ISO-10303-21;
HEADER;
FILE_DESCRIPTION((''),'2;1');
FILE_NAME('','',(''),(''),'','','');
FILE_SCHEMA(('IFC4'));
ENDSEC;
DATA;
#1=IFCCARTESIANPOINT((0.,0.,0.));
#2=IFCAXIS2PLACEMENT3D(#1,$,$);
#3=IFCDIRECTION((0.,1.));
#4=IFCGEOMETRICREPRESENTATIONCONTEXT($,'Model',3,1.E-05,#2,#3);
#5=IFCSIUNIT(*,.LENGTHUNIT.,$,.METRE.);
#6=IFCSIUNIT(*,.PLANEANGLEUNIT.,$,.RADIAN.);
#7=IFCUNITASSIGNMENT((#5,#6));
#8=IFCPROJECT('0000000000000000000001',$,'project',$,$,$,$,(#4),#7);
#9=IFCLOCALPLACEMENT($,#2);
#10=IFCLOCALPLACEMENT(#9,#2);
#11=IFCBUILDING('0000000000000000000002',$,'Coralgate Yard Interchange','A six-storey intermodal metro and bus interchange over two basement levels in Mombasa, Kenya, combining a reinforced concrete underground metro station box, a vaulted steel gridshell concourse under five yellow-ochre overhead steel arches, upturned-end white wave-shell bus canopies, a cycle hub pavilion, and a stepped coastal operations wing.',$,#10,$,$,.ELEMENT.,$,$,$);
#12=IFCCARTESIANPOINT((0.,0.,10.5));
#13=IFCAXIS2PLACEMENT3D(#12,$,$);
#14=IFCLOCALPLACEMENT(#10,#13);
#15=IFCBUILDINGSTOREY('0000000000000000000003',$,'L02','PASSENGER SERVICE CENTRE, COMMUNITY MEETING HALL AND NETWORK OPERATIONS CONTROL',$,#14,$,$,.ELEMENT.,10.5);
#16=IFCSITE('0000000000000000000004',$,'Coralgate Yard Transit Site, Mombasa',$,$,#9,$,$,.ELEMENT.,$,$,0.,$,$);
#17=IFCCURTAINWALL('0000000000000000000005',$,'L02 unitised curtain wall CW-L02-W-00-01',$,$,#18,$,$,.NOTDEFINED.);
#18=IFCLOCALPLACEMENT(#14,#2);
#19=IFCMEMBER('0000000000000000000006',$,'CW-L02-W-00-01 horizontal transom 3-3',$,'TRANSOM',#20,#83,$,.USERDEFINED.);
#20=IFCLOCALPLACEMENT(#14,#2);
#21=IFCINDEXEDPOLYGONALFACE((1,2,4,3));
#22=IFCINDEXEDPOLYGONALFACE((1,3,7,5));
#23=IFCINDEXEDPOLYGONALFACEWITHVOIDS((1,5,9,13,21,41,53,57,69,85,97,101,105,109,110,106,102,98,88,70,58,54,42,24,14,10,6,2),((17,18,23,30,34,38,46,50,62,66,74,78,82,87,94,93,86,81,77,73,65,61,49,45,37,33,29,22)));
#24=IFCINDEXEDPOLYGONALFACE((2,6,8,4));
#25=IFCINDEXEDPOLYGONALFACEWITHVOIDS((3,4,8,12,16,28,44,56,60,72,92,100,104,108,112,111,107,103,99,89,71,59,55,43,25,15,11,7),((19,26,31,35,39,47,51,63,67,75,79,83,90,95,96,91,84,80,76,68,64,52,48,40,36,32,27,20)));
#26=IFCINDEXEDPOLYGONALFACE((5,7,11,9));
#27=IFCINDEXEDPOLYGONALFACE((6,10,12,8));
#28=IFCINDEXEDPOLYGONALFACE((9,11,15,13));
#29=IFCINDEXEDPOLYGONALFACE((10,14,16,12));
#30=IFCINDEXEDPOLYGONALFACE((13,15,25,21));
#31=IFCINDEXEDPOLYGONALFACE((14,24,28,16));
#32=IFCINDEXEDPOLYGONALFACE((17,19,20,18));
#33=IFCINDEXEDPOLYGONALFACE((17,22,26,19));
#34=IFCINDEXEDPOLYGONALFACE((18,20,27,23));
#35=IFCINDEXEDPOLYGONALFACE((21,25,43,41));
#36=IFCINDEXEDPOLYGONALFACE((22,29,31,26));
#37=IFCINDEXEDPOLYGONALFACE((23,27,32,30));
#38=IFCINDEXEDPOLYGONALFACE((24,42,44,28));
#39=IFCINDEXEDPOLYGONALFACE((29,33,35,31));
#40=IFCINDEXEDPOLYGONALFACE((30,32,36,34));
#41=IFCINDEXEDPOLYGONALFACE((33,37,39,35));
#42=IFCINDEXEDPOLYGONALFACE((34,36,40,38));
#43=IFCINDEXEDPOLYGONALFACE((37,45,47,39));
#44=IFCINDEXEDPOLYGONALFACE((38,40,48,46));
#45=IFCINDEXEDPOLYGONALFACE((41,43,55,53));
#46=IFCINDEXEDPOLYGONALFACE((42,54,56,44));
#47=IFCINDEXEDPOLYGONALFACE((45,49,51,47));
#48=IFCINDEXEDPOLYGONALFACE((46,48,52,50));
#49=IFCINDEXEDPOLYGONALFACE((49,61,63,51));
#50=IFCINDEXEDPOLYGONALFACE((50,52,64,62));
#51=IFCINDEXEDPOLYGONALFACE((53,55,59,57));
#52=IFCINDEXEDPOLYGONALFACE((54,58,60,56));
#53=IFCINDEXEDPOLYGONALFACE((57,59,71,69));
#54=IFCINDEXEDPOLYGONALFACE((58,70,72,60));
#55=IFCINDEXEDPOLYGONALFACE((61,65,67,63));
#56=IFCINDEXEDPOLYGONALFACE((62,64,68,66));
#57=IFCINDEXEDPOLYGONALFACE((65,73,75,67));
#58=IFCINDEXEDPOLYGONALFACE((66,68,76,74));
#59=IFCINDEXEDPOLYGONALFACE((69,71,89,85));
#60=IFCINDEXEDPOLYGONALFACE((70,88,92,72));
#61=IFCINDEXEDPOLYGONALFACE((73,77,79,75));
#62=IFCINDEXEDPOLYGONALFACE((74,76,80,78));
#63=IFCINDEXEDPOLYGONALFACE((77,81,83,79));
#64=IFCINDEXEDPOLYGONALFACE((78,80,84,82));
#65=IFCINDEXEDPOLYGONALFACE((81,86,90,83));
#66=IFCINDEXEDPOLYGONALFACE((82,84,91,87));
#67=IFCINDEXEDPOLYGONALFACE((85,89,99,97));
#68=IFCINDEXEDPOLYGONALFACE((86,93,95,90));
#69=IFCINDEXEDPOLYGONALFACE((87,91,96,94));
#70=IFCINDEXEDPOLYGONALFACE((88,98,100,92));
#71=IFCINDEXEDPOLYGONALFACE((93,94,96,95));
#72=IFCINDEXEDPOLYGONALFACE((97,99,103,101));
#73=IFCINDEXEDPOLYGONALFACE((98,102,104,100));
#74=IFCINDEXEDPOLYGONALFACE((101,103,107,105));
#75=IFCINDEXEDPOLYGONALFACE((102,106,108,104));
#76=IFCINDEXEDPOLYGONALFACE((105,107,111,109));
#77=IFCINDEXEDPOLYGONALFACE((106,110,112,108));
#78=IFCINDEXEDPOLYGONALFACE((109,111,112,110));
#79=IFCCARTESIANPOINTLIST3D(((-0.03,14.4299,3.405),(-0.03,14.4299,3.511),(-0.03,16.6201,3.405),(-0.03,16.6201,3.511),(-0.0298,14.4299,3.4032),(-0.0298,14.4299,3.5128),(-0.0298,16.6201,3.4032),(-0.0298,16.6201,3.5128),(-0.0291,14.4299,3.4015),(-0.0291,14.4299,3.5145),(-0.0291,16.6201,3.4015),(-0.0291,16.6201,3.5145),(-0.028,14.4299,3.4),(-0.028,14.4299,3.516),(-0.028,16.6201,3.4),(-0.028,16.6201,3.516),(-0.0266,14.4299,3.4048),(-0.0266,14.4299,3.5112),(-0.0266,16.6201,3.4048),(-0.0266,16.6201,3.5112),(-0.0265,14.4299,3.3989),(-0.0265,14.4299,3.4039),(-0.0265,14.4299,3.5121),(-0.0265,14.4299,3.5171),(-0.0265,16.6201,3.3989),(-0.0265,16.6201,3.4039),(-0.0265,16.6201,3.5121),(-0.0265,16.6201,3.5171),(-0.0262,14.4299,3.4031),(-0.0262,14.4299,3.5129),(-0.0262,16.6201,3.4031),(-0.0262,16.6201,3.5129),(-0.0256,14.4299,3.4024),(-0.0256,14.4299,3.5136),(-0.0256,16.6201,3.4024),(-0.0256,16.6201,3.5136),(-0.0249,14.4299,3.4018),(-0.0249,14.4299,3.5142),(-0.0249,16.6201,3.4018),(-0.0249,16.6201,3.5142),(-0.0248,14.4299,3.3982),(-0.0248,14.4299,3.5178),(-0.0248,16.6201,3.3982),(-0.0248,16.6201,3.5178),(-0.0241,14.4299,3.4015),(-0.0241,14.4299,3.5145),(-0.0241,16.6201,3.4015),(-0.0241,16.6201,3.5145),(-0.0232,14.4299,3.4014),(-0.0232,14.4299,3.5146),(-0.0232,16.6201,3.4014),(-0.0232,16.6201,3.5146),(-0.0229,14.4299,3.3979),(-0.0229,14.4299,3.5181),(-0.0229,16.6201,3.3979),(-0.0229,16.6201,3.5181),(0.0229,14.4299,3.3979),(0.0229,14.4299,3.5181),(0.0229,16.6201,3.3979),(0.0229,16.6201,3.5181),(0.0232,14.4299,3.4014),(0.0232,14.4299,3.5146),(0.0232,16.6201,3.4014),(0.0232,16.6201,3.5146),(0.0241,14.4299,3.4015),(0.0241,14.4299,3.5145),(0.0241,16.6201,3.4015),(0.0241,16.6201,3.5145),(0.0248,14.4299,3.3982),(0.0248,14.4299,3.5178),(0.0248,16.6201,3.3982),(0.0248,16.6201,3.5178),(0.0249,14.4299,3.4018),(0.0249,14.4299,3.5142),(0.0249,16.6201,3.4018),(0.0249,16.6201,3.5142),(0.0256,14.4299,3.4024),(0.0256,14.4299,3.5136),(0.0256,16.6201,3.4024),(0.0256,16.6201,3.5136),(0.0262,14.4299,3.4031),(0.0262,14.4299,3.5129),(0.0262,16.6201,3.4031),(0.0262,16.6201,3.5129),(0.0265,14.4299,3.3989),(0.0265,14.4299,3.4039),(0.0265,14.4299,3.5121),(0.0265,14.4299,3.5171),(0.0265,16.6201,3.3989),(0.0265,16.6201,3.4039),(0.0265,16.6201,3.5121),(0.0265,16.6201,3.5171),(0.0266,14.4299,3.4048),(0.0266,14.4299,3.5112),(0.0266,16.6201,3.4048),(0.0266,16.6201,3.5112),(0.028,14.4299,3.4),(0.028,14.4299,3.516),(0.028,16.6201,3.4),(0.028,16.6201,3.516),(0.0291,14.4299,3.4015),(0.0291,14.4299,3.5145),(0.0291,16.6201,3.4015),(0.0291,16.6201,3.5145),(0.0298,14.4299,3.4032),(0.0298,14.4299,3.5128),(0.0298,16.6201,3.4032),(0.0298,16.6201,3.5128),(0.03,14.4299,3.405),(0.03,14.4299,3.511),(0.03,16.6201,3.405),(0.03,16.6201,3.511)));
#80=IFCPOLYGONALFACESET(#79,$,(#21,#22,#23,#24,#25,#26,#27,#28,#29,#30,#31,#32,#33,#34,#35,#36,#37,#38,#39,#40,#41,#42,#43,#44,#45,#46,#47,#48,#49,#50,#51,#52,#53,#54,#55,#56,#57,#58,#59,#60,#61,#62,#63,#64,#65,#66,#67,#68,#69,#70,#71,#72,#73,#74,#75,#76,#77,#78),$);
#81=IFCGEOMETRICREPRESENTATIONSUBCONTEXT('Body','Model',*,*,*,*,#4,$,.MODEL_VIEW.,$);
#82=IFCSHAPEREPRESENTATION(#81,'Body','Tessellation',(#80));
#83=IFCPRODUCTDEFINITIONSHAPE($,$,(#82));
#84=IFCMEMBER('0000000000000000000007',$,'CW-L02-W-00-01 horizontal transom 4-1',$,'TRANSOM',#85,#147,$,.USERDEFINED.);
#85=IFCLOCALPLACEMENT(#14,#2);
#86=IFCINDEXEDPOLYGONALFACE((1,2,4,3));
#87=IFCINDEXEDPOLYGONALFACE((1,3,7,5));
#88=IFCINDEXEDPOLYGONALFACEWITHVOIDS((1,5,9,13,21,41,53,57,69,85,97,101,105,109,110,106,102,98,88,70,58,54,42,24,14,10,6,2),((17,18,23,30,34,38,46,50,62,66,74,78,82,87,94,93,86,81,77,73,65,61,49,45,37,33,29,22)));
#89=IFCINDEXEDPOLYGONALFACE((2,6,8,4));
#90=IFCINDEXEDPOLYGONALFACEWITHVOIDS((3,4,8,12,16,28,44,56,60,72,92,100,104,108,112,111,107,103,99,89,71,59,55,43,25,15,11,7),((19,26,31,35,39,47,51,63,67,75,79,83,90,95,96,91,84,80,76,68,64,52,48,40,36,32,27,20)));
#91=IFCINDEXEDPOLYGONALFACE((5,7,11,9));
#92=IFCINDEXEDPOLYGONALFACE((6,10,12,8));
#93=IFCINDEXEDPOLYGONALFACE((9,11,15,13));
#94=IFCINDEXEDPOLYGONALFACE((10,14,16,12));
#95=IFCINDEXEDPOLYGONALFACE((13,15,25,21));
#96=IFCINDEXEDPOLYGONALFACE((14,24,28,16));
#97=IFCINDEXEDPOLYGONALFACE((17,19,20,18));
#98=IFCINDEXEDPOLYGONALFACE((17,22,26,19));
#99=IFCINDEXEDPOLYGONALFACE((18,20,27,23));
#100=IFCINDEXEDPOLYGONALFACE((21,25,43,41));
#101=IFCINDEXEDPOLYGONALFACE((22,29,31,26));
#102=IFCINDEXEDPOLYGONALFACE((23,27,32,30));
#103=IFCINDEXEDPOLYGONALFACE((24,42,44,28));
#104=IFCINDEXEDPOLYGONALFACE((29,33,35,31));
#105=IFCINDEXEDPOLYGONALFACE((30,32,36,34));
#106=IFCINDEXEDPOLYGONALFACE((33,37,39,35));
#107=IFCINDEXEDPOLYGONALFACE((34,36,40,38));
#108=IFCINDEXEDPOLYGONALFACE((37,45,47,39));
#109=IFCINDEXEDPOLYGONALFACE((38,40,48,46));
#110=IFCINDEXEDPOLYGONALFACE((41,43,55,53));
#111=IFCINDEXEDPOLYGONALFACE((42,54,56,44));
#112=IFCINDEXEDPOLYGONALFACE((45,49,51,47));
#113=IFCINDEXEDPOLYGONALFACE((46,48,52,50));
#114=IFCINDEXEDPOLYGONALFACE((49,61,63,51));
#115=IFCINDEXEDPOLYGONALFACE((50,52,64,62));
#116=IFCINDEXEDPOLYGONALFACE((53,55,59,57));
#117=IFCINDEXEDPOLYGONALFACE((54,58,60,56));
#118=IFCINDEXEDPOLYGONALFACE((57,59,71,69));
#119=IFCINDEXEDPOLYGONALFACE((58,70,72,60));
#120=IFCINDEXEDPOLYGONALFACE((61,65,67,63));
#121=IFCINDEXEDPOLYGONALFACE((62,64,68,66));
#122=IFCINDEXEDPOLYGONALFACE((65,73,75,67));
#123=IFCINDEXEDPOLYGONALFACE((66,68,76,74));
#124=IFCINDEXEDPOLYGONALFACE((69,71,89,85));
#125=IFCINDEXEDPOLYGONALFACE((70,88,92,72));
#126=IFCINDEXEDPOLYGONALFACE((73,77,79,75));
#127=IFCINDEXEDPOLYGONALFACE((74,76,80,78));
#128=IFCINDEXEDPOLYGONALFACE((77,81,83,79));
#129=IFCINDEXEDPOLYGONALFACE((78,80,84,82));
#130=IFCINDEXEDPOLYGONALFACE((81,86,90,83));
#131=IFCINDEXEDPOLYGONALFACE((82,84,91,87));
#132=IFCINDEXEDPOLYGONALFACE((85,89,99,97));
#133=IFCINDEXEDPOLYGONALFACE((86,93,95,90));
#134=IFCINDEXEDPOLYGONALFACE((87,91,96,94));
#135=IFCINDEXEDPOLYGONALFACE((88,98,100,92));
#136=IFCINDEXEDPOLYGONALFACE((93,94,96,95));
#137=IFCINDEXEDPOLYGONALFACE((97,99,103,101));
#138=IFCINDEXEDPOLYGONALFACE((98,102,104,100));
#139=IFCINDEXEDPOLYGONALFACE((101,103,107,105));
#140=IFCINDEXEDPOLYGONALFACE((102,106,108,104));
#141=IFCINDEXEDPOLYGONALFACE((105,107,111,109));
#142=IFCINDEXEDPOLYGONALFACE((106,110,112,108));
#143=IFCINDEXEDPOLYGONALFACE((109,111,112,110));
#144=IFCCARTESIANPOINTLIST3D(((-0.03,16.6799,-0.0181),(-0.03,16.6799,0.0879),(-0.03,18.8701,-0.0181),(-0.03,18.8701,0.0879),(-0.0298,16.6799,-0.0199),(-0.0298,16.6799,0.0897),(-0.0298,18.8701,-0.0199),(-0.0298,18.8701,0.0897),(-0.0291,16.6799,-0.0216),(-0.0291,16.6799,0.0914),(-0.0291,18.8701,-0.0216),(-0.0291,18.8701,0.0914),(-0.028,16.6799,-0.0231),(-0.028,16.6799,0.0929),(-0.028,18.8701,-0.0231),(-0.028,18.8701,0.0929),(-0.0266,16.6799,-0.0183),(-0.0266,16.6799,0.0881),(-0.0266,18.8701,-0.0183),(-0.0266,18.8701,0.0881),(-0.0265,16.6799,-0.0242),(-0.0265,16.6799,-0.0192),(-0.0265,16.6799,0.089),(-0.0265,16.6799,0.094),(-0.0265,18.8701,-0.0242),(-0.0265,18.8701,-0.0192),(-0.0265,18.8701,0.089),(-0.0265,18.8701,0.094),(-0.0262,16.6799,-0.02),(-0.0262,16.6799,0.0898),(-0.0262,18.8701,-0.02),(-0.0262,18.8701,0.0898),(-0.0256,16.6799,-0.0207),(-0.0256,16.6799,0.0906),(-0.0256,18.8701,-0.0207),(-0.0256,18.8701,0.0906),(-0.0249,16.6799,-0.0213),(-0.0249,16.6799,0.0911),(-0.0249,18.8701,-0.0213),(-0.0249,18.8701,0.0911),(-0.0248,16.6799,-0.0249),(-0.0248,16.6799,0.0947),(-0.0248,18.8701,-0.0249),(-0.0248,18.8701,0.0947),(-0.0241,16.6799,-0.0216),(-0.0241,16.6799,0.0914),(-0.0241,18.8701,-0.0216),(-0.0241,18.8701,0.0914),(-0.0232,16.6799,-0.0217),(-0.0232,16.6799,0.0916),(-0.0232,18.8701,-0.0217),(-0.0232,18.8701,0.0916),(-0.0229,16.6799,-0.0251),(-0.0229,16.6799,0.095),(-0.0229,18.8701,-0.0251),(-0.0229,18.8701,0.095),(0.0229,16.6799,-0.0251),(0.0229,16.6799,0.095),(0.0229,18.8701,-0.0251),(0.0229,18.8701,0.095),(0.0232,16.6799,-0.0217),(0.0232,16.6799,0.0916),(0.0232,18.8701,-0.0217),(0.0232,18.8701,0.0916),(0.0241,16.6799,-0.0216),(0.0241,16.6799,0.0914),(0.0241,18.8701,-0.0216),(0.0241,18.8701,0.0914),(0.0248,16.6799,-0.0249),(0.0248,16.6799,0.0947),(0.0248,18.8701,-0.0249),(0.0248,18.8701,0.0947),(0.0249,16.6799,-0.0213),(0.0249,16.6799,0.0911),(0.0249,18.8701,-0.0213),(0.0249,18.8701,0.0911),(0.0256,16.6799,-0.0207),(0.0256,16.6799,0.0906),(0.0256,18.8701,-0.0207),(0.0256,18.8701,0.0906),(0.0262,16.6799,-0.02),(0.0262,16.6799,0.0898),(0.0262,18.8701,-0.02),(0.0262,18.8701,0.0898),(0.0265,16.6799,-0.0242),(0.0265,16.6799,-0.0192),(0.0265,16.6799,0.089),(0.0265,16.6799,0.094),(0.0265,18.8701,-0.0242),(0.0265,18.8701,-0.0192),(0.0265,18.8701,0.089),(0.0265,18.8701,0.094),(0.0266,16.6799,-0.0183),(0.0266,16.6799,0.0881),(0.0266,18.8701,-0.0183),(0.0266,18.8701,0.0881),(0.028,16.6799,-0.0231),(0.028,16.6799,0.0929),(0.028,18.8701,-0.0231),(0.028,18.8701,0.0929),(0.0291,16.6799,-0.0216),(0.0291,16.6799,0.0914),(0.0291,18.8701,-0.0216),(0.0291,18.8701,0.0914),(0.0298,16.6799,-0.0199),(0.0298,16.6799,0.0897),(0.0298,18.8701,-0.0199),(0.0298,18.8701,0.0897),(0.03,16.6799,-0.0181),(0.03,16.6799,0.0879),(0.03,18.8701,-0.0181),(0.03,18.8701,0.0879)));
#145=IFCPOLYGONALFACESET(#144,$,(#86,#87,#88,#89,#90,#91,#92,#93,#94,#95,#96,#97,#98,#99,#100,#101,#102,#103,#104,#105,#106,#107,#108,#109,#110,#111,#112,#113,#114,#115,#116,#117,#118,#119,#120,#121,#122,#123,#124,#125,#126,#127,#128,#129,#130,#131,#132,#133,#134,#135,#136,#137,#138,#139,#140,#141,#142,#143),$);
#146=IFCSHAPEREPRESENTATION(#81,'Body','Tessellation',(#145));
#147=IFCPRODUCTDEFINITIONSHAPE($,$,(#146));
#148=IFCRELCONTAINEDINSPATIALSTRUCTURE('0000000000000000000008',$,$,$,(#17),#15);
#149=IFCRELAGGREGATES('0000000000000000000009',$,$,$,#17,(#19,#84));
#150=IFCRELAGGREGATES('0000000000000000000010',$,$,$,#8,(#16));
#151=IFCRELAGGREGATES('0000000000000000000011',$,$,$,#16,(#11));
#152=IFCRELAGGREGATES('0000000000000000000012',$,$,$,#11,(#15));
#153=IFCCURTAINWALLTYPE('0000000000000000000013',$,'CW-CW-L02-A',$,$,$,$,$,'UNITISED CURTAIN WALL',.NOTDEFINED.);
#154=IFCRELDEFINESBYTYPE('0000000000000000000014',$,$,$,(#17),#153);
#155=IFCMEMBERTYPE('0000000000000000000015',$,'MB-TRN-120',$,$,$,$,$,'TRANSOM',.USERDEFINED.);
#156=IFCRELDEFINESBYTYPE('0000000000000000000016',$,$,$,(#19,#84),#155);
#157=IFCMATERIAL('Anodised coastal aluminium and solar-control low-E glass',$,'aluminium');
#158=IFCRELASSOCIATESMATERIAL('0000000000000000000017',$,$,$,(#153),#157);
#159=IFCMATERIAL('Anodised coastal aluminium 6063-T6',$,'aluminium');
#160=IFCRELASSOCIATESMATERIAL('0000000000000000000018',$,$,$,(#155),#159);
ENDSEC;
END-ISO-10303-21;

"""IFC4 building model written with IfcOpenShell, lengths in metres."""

from ifc_helpers import new_model, si_unit, direction, frame, origin, origin_2d, place, context, subcontext, project, spatial, hollow_rectangle, extrude, material, material_profile, profile_set, type_object, element, aggregate, save


model = new_model("IFC4")

# Units and contexts
model_context = context("Model", 3, precision=1e-05, world=origin(), true_north=direction((0.0, 1.0)))
body_context = subcontext(model_context, "Body", "Model", "MODEL_VIEW")
ifc_project = project(units=[si_unit("LENGTHUNIT", "METRE"), si_unit("PLANEANGLEUNIT", "RADIAN")], contexts=[model_context])

# Site, building, storey
site_placement = place(None, origin())
site = spatial("IfcSite", under=ifc_project, at=site_placement, Name="Coralgate Yard Transit Site, Mombasa", CompositionType="ELEMENT", RefElevation=0.0)
building_placement = place(site_placement, origin())
building = spatial("IfcBuilding", under=site, at=building_placement, Name="Coralgate Yard Interchange", Description="A six-storey intermodal metro and bus interchange over two basement levels in Mombasa, Kenya, combining a reinforced concrete underground metro station box, a vaulted steel gridshell concourse under five yellow-ochre overhead steel arches, upturned-end white wave-shell bus canopies, a cycle hub pavilion, and a stepped coastal operations wing.", CompositionType="ELEMENT")
storey_placement = place(building_placement, frame((0.0, 0.0, 10.5)))
storey = spatial("IfcBuildingStorey", under=building, at=storey_placement, Name="L02", Description="PASSENGER SERVICE CENTRE, COMMUNITY MEETING HALL AND NETWORK OPERATIONS CONTROL", CompositionType="ELEMENT", Elevation=10.5)

# Curtain wall, members
ifc_material_1 = material(Name="Anodised coastal aluminium and solar-control low-E glass", Category="aluminium")
curtain_wall_type = type_object("IfcCurtainWallType", Name="CW-CW-L02-A", ElementType="UNITISED CURTAIN WALL", PredefinedType="NOTDEFINED", material=ifc_material_1)
curtain_wall_placement = place(storey_placement, origin())
curtain_wall = element("IfcCurtainWall", 1, at=curtain_wall_placement, inside=storey, type_object=curtain_wall_type, Name="L02 unitised curtain wall CW-L02-W-00-01", PredefinedType="NOTDEFINED")
ifc_material_2 = material(Name="Anodised coastal aluminium 6063-T6", Category="aluminium")
ifc_material_profile_1 = material_profile(ifc_material_2, hollow_rectangle(XDim=0.0601, YDim=0.1201, WallThickness=0.0034, InnerFilletRadius=0.0034, OuterFilletRadius=0.0071, at=origin_2d()), Name="ALU 60x120x3.5")
ifc_profile_set_1 = profile_set([ifc_material_profile_1], Name="Anodised coastal aluminium 6063-T6")
member_type_1 = type_object("IfcMemberType", Name="MB-TRN-120", ElementType="TRANSOM", PredefinedType="USERDEFINED", material=ifc_profile_set_1)
member_1_placement = place(storey_placement, frame((0.0, 14.4299, 3.458), z_axis=(0.0, 1.0, 0.0), x_axis=(-1.0, 0.0, 0.0)))
member_1 = element("IfcMember", 2, at=member_1_placement, type_object=member_type_1, Name="CW-L02-W-00-01 horizontal transom 3-3", ObjectType="TRANSOM", PredefinedType="USERDEFINED", context=body_context, shape_type="SweptSolid", body=[
    extrude(hollow_rectangle(XDim=0.0601, YDim=0.1201, WallThickness=0.0034, InnerFilletRadius=0.0034, OuterFilletRadius=0.0071, at=origin_2d()), origin(), (0.0, 0.0, 1.0), 2.1902),
])
member_2_placement = place(storey_placement, frame((0.0, 16.6799, 0.0349), z_axis=(0.0, 1.0, 0.0), x_axis=(-1.0, 0.0, 0.0)))
member_2 = element("IfcMember", 3, at=member_2_placement, type_object=member_type_1, Name="CW-L02-W-00-01 horizontal transom 4-1", ObjectType="TRANSOM", PredefinedType="USERDEFINED", context=body_context, shape_type="SweptSolid", body=[
    extrude(hollow_rectangle(XDim=0.0601, YDim=0.1201, WallThickness=0.0034, InnerFilletRadius=0.0034, OuterFilletRadius=0.0071, at=origin_2d()), origin(), (0.0, 0.0, 1.0), 2.1902),
])
aggregate(curtain_wall, [member_1, member_2])

save(model, "model.ifc")
